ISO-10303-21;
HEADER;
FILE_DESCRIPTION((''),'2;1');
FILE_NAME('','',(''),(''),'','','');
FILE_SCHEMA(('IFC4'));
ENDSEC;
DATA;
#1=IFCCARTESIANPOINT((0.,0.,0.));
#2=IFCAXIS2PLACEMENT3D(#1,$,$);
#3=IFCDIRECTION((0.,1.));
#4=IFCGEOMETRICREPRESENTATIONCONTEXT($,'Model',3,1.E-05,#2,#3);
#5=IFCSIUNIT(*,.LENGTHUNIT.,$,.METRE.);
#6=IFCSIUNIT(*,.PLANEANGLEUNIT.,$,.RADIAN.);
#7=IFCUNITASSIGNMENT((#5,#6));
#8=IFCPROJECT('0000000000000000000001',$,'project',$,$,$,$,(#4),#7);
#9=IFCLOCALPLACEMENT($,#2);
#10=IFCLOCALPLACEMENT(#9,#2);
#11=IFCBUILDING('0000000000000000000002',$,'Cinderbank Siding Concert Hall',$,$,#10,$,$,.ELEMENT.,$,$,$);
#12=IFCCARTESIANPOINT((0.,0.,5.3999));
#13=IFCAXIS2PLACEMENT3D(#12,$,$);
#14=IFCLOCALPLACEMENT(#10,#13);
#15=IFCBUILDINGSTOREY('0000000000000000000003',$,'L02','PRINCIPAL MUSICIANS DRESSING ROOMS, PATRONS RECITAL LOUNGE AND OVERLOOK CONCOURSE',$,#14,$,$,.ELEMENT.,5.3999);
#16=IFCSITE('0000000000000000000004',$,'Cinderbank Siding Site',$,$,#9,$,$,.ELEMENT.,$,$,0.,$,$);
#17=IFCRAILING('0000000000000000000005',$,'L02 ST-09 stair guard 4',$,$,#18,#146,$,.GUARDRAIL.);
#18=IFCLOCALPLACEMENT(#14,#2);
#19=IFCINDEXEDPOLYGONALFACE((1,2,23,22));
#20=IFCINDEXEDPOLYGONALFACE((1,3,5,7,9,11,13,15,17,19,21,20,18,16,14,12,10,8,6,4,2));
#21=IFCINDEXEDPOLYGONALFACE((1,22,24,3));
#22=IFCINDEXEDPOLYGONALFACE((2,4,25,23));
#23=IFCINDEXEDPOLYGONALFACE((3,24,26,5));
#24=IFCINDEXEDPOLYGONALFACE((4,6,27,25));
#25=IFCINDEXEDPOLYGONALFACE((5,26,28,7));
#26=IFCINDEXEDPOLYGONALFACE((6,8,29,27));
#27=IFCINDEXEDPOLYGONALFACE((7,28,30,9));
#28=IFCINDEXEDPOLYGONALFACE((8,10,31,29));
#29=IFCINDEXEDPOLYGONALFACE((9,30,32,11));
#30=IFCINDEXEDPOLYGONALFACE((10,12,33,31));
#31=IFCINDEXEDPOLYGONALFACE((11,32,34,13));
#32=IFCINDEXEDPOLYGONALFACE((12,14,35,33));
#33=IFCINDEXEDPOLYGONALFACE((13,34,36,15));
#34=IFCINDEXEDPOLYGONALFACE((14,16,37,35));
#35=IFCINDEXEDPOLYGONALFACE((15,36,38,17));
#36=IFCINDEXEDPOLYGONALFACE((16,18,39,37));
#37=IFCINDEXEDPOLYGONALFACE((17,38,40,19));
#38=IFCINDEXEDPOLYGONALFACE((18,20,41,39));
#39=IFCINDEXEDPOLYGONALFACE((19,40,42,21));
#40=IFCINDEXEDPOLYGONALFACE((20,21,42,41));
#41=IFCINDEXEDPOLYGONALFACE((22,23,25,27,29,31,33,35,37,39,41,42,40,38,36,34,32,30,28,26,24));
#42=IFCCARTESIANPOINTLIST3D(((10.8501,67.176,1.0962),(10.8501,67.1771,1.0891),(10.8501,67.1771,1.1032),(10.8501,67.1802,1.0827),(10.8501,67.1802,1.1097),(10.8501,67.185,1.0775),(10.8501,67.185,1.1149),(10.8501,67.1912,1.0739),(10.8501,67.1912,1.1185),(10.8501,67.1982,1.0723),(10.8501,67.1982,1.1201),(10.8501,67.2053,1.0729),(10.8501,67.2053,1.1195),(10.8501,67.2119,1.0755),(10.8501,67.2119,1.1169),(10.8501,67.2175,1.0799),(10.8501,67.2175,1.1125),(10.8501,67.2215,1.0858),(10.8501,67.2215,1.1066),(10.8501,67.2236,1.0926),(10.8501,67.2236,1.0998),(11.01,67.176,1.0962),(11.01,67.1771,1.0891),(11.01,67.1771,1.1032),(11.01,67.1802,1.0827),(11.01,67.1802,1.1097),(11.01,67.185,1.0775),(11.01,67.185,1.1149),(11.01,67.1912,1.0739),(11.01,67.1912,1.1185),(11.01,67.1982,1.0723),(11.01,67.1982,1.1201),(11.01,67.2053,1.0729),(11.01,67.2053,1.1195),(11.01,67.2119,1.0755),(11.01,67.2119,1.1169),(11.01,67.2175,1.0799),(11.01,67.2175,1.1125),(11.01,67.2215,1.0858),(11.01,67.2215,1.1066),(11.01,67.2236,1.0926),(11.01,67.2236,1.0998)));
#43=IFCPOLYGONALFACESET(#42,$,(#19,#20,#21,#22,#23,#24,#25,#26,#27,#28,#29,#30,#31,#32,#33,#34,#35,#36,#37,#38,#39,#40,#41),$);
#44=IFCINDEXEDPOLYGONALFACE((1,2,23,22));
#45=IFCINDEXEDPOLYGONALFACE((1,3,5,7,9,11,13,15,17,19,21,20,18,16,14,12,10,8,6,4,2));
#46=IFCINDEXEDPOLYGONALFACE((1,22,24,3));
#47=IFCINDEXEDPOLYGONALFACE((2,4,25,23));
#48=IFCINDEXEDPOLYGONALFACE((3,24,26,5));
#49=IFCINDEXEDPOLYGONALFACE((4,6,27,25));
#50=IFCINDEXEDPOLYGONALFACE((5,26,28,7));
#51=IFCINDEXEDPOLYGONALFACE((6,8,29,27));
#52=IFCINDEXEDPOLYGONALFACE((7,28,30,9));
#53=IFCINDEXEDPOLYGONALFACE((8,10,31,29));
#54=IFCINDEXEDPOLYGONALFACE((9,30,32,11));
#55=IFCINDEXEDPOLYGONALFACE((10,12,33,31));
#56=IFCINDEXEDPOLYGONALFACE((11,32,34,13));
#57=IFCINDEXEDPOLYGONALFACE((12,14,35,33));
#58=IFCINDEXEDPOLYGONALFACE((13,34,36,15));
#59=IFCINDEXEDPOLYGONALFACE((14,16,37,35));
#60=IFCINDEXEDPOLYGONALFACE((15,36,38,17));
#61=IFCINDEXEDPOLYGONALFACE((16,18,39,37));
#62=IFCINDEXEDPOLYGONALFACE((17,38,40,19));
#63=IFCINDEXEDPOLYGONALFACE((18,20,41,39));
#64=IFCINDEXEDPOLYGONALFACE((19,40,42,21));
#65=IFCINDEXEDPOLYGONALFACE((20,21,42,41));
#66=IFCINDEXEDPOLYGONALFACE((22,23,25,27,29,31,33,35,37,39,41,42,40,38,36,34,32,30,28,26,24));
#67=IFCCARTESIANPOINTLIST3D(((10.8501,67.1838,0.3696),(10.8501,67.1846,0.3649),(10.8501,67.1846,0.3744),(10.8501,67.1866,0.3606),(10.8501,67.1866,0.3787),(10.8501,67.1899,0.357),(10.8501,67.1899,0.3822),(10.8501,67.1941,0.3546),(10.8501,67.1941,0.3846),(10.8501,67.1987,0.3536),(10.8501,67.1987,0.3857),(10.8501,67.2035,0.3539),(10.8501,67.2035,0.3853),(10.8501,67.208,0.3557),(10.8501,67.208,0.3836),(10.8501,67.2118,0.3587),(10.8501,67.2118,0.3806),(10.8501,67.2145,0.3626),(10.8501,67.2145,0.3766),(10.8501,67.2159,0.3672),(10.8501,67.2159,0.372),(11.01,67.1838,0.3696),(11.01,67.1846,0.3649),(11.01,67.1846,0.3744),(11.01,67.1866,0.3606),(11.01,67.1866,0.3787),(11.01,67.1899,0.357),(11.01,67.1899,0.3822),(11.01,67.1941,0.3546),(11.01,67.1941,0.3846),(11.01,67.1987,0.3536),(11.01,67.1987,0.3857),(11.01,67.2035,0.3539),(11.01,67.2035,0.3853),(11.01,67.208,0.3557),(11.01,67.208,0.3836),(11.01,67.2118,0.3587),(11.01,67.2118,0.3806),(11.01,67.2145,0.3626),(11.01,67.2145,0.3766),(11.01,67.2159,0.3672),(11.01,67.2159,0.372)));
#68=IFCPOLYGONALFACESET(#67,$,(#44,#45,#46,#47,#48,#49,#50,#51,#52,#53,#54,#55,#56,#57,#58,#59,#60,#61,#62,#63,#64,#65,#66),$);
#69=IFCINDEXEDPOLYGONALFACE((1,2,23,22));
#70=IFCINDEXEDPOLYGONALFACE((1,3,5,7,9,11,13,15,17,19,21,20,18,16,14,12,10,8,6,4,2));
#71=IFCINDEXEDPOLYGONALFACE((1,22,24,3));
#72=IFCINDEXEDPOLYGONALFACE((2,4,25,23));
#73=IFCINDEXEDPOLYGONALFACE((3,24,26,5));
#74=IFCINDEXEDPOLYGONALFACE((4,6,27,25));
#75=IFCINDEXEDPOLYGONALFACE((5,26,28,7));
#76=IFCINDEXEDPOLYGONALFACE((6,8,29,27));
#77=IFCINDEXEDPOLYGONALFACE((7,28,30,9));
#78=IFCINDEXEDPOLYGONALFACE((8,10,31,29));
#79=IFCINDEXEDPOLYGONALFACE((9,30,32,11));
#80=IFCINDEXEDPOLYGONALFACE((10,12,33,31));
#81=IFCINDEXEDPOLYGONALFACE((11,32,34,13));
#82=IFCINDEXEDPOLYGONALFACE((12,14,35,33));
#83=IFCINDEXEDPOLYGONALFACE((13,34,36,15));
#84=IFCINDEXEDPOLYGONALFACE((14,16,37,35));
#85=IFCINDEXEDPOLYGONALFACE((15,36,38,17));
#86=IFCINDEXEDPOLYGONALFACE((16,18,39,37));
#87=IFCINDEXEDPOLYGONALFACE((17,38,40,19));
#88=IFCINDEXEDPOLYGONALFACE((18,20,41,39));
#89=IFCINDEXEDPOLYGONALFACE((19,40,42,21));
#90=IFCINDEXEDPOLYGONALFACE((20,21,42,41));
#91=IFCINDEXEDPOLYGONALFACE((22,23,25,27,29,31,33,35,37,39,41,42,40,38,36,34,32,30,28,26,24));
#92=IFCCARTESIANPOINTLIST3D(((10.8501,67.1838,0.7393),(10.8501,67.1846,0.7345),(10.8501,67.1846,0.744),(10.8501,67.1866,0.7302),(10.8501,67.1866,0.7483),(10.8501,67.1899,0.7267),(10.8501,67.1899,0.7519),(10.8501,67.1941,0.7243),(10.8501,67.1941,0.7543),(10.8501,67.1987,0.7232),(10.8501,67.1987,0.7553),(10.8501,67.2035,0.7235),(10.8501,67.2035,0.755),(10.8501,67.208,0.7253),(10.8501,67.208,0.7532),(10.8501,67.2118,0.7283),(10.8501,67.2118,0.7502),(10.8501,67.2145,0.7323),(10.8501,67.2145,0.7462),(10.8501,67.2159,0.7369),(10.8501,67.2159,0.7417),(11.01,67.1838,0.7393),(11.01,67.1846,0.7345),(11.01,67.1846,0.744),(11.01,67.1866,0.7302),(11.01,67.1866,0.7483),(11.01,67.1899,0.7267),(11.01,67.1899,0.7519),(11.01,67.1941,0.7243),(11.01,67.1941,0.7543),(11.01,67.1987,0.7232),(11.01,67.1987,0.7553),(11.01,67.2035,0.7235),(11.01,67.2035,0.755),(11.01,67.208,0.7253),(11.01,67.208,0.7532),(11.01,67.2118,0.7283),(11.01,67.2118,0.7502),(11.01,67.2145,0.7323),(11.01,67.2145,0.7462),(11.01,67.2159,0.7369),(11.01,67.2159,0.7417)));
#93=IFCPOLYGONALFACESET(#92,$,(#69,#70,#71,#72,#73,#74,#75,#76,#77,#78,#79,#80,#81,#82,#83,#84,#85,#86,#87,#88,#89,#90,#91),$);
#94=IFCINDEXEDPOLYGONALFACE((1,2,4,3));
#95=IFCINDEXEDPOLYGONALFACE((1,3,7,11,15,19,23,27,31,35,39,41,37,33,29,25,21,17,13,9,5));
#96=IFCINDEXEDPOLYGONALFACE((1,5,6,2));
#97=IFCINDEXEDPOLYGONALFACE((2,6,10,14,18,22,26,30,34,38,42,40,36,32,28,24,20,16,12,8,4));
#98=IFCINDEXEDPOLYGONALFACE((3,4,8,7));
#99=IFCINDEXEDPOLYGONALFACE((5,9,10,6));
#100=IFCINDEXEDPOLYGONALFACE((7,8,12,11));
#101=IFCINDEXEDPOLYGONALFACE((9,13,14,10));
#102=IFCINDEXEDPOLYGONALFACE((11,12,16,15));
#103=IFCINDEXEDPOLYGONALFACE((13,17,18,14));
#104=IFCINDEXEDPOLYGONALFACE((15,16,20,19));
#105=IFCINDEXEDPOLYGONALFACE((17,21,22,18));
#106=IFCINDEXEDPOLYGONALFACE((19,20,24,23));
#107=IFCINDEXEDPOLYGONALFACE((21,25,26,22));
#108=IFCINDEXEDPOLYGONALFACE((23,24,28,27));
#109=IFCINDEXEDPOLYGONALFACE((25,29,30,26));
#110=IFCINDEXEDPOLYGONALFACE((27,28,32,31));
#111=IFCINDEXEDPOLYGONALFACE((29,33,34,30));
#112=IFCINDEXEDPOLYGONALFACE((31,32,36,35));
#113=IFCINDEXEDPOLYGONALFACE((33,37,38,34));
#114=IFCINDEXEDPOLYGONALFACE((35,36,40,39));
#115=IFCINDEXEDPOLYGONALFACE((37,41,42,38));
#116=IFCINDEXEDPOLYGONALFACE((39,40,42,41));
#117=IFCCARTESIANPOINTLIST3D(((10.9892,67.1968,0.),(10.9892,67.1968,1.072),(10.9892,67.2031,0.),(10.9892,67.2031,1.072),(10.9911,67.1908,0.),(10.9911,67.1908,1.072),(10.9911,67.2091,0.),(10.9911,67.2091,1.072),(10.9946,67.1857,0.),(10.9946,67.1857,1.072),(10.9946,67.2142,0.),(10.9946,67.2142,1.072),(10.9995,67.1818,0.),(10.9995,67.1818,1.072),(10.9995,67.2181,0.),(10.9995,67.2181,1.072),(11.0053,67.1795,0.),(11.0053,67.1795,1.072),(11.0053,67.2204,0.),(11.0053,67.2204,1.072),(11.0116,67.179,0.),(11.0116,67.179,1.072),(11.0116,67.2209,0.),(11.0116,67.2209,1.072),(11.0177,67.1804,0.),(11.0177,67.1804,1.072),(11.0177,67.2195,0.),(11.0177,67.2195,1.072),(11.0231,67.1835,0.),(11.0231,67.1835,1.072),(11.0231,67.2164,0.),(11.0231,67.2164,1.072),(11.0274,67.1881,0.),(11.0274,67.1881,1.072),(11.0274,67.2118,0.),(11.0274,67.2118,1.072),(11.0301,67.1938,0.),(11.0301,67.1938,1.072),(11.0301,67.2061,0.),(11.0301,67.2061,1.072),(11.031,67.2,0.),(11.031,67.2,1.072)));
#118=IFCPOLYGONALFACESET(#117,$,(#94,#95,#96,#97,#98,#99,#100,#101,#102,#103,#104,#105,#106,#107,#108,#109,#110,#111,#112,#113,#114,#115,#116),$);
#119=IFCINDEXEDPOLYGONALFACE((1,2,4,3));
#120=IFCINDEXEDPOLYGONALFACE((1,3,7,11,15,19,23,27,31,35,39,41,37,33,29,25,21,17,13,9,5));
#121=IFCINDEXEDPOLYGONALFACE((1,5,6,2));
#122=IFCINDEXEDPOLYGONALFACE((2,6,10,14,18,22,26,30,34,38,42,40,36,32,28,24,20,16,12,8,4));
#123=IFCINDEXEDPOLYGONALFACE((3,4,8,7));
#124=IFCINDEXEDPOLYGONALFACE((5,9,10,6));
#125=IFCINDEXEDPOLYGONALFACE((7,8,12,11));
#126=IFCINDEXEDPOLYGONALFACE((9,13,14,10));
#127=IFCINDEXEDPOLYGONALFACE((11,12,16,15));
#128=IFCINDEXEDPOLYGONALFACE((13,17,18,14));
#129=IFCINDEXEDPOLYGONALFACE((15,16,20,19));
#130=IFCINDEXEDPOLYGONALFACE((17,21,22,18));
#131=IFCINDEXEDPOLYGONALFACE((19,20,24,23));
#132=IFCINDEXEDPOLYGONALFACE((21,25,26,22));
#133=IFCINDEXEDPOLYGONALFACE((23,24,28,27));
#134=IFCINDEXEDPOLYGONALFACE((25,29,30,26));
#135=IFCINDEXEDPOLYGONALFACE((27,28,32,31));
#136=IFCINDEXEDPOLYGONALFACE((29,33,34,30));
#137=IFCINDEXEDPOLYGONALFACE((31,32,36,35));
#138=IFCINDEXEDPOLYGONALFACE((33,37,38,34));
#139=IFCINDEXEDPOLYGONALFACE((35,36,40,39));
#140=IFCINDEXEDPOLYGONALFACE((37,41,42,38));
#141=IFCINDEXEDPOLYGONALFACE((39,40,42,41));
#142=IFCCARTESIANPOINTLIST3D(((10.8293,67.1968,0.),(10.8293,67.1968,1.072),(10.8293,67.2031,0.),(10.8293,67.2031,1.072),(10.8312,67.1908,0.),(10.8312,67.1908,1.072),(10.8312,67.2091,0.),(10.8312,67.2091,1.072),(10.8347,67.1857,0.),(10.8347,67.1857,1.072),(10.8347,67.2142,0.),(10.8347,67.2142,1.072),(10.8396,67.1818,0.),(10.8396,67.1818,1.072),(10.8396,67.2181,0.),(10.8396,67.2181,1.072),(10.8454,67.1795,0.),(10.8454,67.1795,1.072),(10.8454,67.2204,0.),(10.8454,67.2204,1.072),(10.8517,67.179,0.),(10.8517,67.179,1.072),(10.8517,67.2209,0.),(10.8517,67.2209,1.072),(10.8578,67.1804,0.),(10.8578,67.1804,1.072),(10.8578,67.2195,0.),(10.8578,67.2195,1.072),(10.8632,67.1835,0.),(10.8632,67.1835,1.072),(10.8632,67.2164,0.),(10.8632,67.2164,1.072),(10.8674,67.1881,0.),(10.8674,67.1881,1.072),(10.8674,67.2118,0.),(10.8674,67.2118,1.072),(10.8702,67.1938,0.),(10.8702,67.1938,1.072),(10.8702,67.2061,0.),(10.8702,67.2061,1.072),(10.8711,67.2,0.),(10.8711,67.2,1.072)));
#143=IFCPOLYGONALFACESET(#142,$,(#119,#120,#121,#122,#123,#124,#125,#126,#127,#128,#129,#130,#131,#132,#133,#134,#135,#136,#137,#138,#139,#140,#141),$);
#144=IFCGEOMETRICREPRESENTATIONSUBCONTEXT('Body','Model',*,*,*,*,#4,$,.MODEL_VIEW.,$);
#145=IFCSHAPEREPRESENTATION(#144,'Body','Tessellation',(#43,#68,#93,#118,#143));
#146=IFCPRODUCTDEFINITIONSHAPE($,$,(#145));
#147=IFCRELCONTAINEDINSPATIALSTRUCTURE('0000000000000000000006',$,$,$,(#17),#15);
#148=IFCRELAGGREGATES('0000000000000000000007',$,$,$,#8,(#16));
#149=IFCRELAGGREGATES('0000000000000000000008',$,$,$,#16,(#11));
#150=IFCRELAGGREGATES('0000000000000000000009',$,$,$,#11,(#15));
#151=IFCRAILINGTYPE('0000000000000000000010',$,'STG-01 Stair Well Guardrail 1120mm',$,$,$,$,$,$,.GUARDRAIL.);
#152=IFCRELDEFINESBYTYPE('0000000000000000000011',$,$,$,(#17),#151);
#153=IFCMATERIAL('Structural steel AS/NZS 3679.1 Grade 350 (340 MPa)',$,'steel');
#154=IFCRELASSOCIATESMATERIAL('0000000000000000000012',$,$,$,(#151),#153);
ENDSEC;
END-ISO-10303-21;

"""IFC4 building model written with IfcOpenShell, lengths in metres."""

from ifc_helpers import new_model, si_unit, direction, frame, origin, origin_2d, place, context, subcontext, project, spatial, circle, extrude, material, type_object, element, save


model = new_model("IFC4")

# Units and contexts
model_context = context("Model", 3, precision=1e-05, world=origin(), true_north=direction((0.0, 1.0)))
body_context = subcontext(model_context, "Body", "Model", "MODEL_VIEW")
ifc_project = project(units=[si_unit("LENGTHUNIT", "METRE"), si_unit("PLANEANGLEUNIT", "RADIAN")], contexts=[model_context])

# Site, building, storey
site_placement = place(None, origin())
site = spatial("IfcSite", under=ifc_project, at=site_placement, Name="Cinderbank Siding Site", CompositionType="ELEMENT", RefElevation=0.0)
building_placement = place(site_placement, origin())
building = spatial("IfcBuilding", under=site, at=building_placement, Name="Cinderbank Siding Concert Hall", CompositionType="ELEMENT")
storey_placement = place(building_placement, frame((0.0, 0.0, 5.3999)))
storey = spatial("IfcBuildingStorey", under=building, at=storey_placement, Name="L02", Description="PRINCIPAL MUSICIANS DRESSING ROOMS, PATRONS RECITAL LOUNGE AND OVERLOOK CONCOURSE", CompositionType="ELEMENT", Elevation=5.3999)

# Shared definitions
ifc_material_1 = material(Name="Structural steel AS/NZS 3679.1 Grade 350 (340 MPa)", Category="steel")

# Railing
railing_type_1 = type_object("IfcRailingType", Name="STG-01 Stair Well Guardrail 1120mm", PredefinedType="GUARDRAIL", material=ifc_material_1)
railing_1_placement = place(storey_placement, frame((11.01, 67.2, 0.0)))
element("IfcRailing", 1, at=railing_1_placement, inside=storey, type_object=railing_type_1, Name="L02 ST-09 stair guard 4", PredefinedType="GUARDRAIL", context=body_context, shape_type="SweptSolid", body=[
    extrude(circle(Radius=0.0239, at=origin_2d()), frame((0.0, 0.0, 1.0962), z_axis=(-1.0, 0.0, 0.0), x_axis=(0.0, -1.0, 0.0)), (0.0, 0.0, 1.0), 0.1599),
    extrude(circle(Radius=0.0161, at=origin_2d()), frame((0.0, 0.0, 0.3696), z_axis=(-1.0, 0.0, 0.0), x_axis=(0.0, -1.0, 0.0)), (0.0, 0.0, 1.0), 0.1599),
    extrude(circle(Radius=0.0161, at=origin_2d()), frame((0.0, 0.0, 0.7393), z_axis=(-1.0, 0.0, 0.0), x_axis=(0.0, -1.0, 0.0)), (0.0, 0.0, 1.0), 0.1599),
    extrude(circle(Radius=0.021, at=origin_2d()), origin(), (0.0, 0.0, 1.0), 1.072),
    extrude(circle(Radius=0.021, at=origin_2d()), frame((-0.1599, 0.0, 0.0)), (0.0, 0.0, 1.0), 1.072),
])

save(model, "model.ifc")
